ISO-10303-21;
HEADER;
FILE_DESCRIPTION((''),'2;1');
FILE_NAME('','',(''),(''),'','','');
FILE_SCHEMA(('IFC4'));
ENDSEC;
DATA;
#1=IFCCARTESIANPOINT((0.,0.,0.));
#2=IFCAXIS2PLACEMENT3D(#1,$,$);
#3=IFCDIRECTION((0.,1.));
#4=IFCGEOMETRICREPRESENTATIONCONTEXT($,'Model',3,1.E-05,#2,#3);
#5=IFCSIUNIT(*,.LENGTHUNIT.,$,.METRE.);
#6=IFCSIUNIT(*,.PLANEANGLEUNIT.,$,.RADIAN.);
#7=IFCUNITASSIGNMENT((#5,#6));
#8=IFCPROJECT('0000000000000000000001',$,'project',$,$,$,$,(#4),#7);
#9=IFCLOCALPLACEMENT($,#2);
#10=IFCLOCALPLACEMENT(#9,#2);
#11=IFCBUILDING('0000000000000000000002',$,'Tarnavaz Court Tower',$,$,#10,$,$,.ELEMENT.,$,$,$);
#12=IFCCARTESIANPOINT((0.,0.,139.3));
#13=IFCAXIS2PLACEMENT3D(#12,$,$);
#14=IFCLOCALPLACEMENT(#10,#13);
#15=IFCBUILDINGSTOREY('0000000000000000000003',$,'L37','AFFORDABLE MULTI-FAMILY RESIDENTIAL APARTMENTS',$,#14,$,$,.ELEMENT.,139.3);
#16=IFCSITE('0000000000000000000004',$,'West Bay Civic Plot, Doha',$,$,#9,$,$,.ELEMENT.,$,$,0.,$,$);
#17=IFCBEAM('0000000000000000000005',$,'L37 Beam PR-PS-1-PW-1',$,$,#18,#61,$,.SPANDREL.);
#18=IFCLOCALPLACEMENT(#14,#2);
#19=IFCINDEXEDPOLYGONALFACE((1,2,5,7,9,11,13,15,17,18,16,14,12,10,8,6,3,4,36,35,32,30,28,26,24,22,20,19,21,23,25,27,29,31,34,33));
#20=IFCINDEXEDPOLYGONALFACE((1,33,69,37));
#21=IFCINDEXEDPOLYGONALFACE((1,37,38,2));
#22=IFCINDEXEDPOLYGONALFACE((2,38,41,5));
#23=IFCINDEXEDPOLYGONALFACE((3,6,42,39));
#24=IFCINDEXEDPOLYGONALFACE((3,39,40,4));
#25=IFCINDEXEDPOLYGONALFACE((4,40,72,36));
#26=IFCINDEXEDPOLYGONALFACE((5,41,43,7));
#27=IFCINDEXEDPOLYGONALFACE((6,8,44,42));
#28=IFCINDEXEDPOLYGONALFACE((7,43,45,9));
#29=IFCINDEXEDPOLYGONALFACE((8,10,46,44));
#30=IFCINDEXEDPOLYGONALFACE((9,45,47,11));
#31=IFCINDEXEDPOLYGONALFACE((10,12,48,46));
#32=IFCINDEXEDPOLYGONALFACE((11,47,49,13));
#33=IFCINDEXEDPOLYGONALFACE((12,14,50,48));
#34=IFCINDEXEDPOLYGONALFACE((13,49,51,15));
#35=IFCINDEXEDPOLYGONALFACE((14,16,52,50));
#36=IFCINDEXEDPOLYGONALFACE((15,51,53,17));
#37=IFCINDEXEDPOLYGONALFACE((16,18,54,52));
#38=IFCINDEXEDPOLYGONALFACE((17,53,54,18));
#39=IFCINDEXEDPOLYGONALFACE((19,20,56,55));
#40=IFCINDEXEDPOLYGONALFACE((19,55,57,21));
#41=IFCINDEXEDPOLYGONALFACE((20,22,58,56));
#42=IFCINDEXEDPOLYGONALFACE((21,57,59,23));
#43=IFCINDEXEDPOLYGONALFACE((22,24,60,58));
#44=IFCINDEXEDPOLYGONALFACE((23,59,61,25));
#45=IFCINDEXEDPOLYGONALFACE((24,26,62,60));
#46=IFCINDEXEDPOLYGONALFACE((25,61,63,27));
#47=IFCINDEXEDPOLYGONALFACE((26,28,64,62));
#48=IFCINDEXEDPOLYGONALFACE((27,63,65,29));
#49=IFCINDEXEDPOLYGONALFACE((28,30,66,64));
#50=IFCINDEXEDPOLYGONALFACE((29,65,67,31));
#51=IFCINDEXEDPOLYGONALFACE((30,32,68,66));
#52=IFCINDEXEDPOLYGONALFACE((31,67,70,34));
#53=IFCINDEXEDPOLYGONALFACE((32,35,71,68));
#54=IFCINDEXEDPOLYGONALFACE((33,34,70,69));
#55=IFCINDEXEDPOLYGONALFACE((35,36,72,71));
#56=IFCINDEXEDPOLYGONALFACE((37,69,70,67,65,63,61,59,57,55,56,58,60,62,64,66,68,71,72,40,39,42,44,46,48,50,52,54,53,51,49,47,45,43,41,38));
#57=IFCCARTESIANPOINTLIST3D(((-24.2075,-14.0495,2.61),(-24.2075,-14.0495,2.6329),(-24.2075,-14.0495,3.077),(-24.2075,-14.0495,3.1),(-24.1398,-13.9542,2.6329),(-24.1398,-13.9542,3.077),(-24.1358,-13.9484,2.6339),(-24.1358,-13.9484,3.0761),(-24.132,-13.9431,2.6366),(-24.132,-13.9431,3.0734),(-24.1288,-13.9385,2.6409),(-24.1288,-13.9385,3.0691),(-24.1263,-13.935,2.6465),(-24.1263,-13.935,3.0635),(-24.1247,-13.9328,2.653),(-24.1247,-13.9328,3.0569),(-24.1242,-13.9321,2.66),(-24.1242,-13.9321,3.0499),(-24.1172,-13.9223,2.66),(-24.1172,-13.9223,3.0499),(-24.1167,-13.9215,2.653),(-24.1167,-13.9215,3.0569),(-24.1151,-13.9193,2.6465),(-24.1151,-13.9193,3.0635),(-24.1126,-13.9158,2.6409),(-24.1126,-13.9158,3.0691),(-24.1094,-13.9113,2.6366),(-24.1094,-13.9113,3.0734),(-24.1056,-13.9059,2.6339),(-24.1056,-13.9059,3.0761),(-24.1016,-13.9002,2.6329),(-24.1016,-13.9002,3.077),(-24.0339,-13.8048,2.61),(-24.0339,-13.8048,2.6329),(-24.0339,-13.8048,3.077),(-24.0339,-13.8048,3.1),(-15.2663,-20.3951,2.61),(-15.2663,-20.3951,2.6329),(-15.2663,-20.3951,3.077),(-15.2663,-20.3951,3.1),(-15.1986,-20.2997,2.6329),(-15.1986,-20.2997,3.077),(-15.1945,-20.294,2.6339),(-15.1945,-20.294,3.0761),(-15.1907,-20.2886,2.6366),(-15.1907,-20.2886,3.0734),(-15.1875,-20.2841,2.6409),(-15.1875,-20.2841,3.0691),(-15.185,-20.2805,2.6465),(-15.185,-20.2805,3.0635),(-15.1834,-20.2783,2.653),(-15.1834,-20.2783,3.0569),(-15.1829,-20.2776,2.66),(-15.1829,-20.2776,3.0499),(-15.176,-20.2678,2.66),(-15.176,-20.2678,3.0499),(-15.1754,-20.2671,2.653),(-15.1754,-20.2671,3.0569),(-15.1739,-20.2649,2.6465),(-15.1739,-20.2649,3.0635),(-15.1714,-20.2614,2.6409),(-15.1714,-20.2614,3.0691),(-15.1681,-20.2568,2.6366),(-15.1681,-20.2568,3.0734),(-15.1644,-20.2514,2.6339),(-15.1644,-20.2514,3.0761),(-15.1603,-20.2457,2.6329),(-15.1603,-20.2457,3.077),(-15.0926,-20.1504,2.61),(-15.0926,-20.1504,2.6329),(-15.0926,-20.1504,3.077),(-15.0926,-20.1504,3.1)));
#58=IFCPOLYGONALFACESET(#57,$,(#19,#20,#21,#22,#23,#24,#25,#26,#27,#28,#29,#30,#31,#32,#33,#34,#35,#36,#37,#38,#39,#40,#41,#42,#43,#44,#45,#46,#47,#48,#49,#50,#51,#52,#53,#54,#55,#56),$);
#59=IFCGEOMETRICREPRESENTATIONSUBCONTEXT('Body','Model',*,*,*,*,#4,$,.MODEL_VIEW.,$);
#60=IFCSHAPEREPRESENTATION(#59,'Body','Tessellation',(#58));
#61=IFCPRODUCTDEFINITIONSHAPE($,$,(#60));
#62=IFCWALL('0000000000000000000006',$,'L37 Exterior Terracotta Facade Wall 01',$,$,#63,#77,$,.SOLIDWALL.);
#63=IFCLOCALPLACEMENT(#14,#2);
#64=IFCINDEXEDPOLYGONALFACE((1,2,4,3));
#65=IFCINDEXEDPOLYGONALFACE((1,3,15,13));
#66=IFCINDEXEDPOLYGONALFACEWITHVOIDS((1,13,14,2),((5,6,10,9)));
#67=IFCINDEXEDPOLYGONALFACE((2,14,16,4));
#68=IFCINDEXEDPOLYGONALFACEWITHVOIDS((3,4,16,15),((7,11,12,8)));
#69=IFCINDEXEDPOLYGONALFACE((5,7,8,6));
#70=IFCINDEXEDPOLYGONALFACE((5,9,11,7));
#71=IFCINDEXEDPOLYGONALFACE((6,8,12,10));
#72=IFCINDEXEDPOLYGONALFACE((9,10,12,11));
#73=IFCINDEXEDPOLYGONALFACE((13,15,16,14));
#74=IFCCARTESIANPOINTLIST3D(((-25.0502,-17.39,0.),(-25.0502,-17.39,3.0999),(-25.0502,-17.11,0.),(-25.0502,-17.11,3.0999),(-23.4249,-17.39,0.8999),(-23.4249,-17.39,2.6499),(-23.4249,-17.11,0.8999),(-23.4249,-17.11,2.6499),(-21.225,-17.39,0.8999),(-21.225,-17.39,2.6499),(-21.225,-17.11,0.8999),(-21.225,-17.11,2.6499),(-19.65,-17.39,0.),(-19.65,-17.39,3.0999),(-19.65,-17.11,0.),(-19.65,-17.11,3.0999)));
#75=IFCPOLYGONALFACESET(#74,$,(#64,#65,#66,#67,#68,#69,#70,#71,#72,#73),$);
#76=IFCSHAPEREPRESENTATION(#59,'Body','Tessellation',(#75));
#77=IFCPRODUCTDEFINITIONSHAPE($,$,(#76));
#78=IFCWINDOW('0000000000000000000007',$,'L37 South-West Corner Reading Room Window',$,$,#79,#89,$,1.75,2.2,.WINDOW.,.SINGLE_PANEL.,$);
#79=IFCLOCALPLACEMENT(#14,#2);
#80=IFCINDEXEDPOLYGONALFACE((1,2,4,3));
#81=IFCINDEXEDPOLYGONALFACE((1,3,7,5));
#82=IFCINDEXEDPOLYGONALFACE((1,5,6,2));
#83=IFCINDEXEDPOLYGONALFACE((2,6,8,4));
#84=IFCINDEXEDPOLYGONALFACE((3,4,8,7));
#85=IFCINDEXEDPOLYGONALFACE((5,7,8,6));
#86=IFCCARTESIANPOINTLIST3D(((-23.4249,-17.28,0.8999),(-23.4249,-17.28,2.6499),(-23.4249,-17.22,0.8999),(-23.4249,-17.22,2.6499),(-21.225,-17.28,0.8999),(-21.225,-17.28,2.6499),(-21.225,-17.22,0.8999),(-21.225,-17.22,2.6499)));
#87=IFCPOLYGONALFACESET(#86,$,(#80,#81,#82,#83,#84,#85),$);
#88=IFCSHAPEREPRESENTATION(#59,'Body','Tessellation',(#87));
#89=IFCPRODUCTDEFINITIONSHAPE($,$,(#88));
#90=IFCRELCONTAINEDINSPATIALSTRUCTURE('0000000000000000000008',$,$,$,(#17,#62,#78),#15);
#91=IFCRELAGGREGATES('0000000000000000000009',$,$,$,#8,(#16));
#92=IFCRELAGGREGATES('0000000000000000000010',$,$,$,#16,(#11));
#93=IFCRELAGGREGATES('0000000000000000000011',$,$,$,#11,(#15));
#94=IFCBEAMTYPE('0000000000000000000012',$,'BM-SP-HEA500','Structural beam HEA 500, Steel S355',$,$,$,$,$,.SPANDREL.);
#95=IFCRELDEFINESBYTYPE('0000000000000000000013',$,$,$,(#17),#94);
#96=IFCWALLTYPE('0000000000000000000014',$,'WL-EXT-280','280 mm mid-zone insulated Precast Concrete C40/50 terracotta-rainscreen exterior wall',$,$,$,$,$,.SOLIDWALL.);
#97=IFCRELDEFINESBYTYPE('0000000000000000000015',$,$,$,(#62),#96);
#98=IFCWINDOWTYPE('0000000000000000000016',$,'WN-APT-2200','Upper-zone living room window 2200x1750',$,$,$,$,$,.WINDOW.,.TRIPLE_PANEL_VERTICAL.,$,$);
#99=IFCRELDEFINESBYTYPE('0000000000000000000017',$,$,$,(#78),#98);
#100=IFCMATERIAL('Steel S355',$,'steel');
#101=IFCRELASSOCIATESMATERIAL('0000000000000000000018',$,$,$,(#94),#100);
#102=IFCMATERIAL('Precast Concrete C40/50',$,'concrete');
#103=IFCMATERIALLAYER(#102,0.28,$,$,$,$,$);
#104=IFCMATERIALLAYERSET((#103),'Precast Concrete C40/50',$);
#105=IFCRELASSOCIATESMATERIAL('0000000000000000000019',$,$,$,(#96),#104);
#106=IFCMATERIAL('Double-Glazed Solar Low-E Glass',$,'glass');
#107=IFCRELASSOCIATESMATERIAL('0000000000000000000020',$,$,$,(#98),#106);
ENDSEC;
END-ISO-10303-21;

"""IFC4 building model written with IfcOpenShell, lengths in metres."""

from ifc_helpers import new_model, si_unit, direction, frame, frame_2d, origin, origin_2d, place, context, subcontext, project, spatial, rectangle, i_section, extrude, material, layer, layer_set, material_profile, profile_set, type_object, element, fill, save


model = new_model("IFC4")

# Units and contexts
model_context = context("Model", 3, precision=1e-05, world=origin(), true_north=direction((0.0, 1.0)))
body_context = subcontext(model_context, "Body", "Model", "MODEL_VIEW")
ifc_project = project(units=[si_unit("LENGTHUNIT", "METRE"), si_unit("PLANEANGLEUNIT", "RADIAN")], contexts=[model_context])

# Site, building, storey
site_placement = place(None, origin())
site = spatial("IfcSite", under=ifc_project, at=site_placement, Name="West Bay Civic Plot, Doha", CompositionType="ELEMENT", RefElevation=0.0)
building_placement = place(site_placement, origin())
building = spatial("IfcBuilding", under=site, at=building_placement, Name="Tarnavaz Court Tower", CompositionType="ELEMENT")
storey_placement = place(building_placement, frame((0.0, 0.0, 139.3)))
storey = spatial("IfcBuildingStorey", under=building, at=storey_placement, Name="L37", Description="AFFORDABLE MULTI-FAMILY RESIDENTIAL APARTMENTS", CompositionType="ELEMENT", Elevation=139.3)

# Beam
ifc_material_1 = material(Name="Steel S355", Category="steel")
ifc_material_profile_1 = material_profile(ifc_material_1, i_section(OverallWidth=0.3, OverallDepth=0.49, WebThickness=0.012, FlangeThickness=0.0229, FilletRadius=0.0271, at=origin_2d()), Name="HEA 500")
ifc_profile_set_1 = profile_set([ifc_material_profile_1], Name="Steel S355")
beam_type_1 = type_object("IfcBeamType", Name="BM-SP-HEA500", Description="Structural beam HEA 500, Steel S355", PredefinedType="SPANDREL", material=ifc_profile_set_1)
beam_1_placement = place(storey_placement, frame((-15.1794, -20.2727, 2.855), z_axis=(-0.815502, 0.578754, 0.0), x_axis=(-0.578754, -0.815502, 0.0)))
element("IfcBeam", 1, at=beam_1_placement, inside=storey, type_object=beam_type_1, Name="L37 Beam PR-PS-1-PW-1", PredefinedType="SPANDREL", context=body_context, shape_type="SweptSolid", body=[
    extrude(i_section(OverallWidth=0.3, OverallDepth=0.49, WebThickness=0.012, FlangeThickness=0.0229, FilletRadius=0.0271, at=origin_2d()), origin(), (0.0, 0.0, 1.0), 10.9641),
])

# Wall, opening, window
ifc_material_2 = material(Name="Precast Concrete C40/50", Category="concrete")
ifc_layer_1 = layer(ifc_material_2, 0.28)
ifc_layer_set_1 = layer_set([ifc_layer_1], Name="Precast Concrete C40/50")
wall_type_1 = type_object("IfcWallType", Name="WL-EXT-280", Description="280 mm mid-zone insulated Precast Concrete C40/50 terracotta-rainscreen exterior wall", PredefinedType="SOLIDWALL", material=ifc_layer_set_1)
wall_1_placement = place(storey_placement, frame((-19.6499, -17.25, 0.0), z_axis=(0.0, 0.0, 1.0), x_axis=(-1.0, 0.0, 0.0)))
wall_1 = element("IfcWall", 2, at=wall_1_placement, inside=storey, type_object=wall_type_1, Name="L37 Exterior Terracotta Facade Wall 01", PredefinedType="SOLIDWALL", context=body_context, shape_type="SweptSolid", body=[
    extrude(rectangle(XDim=5.4001, YDim=0.28, at=frame_2d((2.7002, 0.0))), origin(), (0.0, 0.0, 1.0), 3.0999),
])
opening_1_placement = place(wall_1_placement, frame((1.575, 0.0, 0.8999)))
opening_1 = element("IfcOpeningElement", 3, at=opening_1_placement, cuts=wall_1, PredefinedType="OPENING", context=body_context, shape_type="SweptSolid", body=[
    extrude(rectangle(XDim=2.2, YDim=1.75, at=frame_2d((1.1001, 0.875))), frame((0.0, 0.1499, 0.0), z_axis=(0.0, -1.0, 0.0), x_axis=(1.0, 0.0, 0.0)), (0.0, 0.0, 1.0), 0.3),
])
ifc_material_3 = material(Name="Double-Glazed Solar Low-E Glass", Category="glass")
window_type_1 = type_object("IfcWindowType", Name="WN-APT-2200", Description="Upper-zone living room window 2200x1750", PartitioningType="TRIPLE_PANEL_VERTICAL", PredefinedType="WINDOW", material=ifc_material_3)
window_1_placement = place(opening_1_placement, origin())
window_1 = element("IfcWindow", 4, at=window_1_placement, inside=storey, type_object=window_type_1, Name="L37 South-West Corner Reading Room Window", OverallHeight=1.75, OverallWidth=2.2, PartitioningType="SINGLE_PANEL", PredefinedType="WINDOW", context=body_context, shape_type="SweptSolid", body=[
    extrude(rectangle(XDim=2.2, YDim=1.75, at=frame_2d((1.1001, 0.875))), frame((0.0, 0.03, 0.0), z_axis=(0.0, -1.0, 0.0), x_axis=(1.0, 0.0, 0.0)), (0.0, 0.0, 1.0), 0.0601),
])
fill(opening_1, window_1)

save(model, "model.ifc")
